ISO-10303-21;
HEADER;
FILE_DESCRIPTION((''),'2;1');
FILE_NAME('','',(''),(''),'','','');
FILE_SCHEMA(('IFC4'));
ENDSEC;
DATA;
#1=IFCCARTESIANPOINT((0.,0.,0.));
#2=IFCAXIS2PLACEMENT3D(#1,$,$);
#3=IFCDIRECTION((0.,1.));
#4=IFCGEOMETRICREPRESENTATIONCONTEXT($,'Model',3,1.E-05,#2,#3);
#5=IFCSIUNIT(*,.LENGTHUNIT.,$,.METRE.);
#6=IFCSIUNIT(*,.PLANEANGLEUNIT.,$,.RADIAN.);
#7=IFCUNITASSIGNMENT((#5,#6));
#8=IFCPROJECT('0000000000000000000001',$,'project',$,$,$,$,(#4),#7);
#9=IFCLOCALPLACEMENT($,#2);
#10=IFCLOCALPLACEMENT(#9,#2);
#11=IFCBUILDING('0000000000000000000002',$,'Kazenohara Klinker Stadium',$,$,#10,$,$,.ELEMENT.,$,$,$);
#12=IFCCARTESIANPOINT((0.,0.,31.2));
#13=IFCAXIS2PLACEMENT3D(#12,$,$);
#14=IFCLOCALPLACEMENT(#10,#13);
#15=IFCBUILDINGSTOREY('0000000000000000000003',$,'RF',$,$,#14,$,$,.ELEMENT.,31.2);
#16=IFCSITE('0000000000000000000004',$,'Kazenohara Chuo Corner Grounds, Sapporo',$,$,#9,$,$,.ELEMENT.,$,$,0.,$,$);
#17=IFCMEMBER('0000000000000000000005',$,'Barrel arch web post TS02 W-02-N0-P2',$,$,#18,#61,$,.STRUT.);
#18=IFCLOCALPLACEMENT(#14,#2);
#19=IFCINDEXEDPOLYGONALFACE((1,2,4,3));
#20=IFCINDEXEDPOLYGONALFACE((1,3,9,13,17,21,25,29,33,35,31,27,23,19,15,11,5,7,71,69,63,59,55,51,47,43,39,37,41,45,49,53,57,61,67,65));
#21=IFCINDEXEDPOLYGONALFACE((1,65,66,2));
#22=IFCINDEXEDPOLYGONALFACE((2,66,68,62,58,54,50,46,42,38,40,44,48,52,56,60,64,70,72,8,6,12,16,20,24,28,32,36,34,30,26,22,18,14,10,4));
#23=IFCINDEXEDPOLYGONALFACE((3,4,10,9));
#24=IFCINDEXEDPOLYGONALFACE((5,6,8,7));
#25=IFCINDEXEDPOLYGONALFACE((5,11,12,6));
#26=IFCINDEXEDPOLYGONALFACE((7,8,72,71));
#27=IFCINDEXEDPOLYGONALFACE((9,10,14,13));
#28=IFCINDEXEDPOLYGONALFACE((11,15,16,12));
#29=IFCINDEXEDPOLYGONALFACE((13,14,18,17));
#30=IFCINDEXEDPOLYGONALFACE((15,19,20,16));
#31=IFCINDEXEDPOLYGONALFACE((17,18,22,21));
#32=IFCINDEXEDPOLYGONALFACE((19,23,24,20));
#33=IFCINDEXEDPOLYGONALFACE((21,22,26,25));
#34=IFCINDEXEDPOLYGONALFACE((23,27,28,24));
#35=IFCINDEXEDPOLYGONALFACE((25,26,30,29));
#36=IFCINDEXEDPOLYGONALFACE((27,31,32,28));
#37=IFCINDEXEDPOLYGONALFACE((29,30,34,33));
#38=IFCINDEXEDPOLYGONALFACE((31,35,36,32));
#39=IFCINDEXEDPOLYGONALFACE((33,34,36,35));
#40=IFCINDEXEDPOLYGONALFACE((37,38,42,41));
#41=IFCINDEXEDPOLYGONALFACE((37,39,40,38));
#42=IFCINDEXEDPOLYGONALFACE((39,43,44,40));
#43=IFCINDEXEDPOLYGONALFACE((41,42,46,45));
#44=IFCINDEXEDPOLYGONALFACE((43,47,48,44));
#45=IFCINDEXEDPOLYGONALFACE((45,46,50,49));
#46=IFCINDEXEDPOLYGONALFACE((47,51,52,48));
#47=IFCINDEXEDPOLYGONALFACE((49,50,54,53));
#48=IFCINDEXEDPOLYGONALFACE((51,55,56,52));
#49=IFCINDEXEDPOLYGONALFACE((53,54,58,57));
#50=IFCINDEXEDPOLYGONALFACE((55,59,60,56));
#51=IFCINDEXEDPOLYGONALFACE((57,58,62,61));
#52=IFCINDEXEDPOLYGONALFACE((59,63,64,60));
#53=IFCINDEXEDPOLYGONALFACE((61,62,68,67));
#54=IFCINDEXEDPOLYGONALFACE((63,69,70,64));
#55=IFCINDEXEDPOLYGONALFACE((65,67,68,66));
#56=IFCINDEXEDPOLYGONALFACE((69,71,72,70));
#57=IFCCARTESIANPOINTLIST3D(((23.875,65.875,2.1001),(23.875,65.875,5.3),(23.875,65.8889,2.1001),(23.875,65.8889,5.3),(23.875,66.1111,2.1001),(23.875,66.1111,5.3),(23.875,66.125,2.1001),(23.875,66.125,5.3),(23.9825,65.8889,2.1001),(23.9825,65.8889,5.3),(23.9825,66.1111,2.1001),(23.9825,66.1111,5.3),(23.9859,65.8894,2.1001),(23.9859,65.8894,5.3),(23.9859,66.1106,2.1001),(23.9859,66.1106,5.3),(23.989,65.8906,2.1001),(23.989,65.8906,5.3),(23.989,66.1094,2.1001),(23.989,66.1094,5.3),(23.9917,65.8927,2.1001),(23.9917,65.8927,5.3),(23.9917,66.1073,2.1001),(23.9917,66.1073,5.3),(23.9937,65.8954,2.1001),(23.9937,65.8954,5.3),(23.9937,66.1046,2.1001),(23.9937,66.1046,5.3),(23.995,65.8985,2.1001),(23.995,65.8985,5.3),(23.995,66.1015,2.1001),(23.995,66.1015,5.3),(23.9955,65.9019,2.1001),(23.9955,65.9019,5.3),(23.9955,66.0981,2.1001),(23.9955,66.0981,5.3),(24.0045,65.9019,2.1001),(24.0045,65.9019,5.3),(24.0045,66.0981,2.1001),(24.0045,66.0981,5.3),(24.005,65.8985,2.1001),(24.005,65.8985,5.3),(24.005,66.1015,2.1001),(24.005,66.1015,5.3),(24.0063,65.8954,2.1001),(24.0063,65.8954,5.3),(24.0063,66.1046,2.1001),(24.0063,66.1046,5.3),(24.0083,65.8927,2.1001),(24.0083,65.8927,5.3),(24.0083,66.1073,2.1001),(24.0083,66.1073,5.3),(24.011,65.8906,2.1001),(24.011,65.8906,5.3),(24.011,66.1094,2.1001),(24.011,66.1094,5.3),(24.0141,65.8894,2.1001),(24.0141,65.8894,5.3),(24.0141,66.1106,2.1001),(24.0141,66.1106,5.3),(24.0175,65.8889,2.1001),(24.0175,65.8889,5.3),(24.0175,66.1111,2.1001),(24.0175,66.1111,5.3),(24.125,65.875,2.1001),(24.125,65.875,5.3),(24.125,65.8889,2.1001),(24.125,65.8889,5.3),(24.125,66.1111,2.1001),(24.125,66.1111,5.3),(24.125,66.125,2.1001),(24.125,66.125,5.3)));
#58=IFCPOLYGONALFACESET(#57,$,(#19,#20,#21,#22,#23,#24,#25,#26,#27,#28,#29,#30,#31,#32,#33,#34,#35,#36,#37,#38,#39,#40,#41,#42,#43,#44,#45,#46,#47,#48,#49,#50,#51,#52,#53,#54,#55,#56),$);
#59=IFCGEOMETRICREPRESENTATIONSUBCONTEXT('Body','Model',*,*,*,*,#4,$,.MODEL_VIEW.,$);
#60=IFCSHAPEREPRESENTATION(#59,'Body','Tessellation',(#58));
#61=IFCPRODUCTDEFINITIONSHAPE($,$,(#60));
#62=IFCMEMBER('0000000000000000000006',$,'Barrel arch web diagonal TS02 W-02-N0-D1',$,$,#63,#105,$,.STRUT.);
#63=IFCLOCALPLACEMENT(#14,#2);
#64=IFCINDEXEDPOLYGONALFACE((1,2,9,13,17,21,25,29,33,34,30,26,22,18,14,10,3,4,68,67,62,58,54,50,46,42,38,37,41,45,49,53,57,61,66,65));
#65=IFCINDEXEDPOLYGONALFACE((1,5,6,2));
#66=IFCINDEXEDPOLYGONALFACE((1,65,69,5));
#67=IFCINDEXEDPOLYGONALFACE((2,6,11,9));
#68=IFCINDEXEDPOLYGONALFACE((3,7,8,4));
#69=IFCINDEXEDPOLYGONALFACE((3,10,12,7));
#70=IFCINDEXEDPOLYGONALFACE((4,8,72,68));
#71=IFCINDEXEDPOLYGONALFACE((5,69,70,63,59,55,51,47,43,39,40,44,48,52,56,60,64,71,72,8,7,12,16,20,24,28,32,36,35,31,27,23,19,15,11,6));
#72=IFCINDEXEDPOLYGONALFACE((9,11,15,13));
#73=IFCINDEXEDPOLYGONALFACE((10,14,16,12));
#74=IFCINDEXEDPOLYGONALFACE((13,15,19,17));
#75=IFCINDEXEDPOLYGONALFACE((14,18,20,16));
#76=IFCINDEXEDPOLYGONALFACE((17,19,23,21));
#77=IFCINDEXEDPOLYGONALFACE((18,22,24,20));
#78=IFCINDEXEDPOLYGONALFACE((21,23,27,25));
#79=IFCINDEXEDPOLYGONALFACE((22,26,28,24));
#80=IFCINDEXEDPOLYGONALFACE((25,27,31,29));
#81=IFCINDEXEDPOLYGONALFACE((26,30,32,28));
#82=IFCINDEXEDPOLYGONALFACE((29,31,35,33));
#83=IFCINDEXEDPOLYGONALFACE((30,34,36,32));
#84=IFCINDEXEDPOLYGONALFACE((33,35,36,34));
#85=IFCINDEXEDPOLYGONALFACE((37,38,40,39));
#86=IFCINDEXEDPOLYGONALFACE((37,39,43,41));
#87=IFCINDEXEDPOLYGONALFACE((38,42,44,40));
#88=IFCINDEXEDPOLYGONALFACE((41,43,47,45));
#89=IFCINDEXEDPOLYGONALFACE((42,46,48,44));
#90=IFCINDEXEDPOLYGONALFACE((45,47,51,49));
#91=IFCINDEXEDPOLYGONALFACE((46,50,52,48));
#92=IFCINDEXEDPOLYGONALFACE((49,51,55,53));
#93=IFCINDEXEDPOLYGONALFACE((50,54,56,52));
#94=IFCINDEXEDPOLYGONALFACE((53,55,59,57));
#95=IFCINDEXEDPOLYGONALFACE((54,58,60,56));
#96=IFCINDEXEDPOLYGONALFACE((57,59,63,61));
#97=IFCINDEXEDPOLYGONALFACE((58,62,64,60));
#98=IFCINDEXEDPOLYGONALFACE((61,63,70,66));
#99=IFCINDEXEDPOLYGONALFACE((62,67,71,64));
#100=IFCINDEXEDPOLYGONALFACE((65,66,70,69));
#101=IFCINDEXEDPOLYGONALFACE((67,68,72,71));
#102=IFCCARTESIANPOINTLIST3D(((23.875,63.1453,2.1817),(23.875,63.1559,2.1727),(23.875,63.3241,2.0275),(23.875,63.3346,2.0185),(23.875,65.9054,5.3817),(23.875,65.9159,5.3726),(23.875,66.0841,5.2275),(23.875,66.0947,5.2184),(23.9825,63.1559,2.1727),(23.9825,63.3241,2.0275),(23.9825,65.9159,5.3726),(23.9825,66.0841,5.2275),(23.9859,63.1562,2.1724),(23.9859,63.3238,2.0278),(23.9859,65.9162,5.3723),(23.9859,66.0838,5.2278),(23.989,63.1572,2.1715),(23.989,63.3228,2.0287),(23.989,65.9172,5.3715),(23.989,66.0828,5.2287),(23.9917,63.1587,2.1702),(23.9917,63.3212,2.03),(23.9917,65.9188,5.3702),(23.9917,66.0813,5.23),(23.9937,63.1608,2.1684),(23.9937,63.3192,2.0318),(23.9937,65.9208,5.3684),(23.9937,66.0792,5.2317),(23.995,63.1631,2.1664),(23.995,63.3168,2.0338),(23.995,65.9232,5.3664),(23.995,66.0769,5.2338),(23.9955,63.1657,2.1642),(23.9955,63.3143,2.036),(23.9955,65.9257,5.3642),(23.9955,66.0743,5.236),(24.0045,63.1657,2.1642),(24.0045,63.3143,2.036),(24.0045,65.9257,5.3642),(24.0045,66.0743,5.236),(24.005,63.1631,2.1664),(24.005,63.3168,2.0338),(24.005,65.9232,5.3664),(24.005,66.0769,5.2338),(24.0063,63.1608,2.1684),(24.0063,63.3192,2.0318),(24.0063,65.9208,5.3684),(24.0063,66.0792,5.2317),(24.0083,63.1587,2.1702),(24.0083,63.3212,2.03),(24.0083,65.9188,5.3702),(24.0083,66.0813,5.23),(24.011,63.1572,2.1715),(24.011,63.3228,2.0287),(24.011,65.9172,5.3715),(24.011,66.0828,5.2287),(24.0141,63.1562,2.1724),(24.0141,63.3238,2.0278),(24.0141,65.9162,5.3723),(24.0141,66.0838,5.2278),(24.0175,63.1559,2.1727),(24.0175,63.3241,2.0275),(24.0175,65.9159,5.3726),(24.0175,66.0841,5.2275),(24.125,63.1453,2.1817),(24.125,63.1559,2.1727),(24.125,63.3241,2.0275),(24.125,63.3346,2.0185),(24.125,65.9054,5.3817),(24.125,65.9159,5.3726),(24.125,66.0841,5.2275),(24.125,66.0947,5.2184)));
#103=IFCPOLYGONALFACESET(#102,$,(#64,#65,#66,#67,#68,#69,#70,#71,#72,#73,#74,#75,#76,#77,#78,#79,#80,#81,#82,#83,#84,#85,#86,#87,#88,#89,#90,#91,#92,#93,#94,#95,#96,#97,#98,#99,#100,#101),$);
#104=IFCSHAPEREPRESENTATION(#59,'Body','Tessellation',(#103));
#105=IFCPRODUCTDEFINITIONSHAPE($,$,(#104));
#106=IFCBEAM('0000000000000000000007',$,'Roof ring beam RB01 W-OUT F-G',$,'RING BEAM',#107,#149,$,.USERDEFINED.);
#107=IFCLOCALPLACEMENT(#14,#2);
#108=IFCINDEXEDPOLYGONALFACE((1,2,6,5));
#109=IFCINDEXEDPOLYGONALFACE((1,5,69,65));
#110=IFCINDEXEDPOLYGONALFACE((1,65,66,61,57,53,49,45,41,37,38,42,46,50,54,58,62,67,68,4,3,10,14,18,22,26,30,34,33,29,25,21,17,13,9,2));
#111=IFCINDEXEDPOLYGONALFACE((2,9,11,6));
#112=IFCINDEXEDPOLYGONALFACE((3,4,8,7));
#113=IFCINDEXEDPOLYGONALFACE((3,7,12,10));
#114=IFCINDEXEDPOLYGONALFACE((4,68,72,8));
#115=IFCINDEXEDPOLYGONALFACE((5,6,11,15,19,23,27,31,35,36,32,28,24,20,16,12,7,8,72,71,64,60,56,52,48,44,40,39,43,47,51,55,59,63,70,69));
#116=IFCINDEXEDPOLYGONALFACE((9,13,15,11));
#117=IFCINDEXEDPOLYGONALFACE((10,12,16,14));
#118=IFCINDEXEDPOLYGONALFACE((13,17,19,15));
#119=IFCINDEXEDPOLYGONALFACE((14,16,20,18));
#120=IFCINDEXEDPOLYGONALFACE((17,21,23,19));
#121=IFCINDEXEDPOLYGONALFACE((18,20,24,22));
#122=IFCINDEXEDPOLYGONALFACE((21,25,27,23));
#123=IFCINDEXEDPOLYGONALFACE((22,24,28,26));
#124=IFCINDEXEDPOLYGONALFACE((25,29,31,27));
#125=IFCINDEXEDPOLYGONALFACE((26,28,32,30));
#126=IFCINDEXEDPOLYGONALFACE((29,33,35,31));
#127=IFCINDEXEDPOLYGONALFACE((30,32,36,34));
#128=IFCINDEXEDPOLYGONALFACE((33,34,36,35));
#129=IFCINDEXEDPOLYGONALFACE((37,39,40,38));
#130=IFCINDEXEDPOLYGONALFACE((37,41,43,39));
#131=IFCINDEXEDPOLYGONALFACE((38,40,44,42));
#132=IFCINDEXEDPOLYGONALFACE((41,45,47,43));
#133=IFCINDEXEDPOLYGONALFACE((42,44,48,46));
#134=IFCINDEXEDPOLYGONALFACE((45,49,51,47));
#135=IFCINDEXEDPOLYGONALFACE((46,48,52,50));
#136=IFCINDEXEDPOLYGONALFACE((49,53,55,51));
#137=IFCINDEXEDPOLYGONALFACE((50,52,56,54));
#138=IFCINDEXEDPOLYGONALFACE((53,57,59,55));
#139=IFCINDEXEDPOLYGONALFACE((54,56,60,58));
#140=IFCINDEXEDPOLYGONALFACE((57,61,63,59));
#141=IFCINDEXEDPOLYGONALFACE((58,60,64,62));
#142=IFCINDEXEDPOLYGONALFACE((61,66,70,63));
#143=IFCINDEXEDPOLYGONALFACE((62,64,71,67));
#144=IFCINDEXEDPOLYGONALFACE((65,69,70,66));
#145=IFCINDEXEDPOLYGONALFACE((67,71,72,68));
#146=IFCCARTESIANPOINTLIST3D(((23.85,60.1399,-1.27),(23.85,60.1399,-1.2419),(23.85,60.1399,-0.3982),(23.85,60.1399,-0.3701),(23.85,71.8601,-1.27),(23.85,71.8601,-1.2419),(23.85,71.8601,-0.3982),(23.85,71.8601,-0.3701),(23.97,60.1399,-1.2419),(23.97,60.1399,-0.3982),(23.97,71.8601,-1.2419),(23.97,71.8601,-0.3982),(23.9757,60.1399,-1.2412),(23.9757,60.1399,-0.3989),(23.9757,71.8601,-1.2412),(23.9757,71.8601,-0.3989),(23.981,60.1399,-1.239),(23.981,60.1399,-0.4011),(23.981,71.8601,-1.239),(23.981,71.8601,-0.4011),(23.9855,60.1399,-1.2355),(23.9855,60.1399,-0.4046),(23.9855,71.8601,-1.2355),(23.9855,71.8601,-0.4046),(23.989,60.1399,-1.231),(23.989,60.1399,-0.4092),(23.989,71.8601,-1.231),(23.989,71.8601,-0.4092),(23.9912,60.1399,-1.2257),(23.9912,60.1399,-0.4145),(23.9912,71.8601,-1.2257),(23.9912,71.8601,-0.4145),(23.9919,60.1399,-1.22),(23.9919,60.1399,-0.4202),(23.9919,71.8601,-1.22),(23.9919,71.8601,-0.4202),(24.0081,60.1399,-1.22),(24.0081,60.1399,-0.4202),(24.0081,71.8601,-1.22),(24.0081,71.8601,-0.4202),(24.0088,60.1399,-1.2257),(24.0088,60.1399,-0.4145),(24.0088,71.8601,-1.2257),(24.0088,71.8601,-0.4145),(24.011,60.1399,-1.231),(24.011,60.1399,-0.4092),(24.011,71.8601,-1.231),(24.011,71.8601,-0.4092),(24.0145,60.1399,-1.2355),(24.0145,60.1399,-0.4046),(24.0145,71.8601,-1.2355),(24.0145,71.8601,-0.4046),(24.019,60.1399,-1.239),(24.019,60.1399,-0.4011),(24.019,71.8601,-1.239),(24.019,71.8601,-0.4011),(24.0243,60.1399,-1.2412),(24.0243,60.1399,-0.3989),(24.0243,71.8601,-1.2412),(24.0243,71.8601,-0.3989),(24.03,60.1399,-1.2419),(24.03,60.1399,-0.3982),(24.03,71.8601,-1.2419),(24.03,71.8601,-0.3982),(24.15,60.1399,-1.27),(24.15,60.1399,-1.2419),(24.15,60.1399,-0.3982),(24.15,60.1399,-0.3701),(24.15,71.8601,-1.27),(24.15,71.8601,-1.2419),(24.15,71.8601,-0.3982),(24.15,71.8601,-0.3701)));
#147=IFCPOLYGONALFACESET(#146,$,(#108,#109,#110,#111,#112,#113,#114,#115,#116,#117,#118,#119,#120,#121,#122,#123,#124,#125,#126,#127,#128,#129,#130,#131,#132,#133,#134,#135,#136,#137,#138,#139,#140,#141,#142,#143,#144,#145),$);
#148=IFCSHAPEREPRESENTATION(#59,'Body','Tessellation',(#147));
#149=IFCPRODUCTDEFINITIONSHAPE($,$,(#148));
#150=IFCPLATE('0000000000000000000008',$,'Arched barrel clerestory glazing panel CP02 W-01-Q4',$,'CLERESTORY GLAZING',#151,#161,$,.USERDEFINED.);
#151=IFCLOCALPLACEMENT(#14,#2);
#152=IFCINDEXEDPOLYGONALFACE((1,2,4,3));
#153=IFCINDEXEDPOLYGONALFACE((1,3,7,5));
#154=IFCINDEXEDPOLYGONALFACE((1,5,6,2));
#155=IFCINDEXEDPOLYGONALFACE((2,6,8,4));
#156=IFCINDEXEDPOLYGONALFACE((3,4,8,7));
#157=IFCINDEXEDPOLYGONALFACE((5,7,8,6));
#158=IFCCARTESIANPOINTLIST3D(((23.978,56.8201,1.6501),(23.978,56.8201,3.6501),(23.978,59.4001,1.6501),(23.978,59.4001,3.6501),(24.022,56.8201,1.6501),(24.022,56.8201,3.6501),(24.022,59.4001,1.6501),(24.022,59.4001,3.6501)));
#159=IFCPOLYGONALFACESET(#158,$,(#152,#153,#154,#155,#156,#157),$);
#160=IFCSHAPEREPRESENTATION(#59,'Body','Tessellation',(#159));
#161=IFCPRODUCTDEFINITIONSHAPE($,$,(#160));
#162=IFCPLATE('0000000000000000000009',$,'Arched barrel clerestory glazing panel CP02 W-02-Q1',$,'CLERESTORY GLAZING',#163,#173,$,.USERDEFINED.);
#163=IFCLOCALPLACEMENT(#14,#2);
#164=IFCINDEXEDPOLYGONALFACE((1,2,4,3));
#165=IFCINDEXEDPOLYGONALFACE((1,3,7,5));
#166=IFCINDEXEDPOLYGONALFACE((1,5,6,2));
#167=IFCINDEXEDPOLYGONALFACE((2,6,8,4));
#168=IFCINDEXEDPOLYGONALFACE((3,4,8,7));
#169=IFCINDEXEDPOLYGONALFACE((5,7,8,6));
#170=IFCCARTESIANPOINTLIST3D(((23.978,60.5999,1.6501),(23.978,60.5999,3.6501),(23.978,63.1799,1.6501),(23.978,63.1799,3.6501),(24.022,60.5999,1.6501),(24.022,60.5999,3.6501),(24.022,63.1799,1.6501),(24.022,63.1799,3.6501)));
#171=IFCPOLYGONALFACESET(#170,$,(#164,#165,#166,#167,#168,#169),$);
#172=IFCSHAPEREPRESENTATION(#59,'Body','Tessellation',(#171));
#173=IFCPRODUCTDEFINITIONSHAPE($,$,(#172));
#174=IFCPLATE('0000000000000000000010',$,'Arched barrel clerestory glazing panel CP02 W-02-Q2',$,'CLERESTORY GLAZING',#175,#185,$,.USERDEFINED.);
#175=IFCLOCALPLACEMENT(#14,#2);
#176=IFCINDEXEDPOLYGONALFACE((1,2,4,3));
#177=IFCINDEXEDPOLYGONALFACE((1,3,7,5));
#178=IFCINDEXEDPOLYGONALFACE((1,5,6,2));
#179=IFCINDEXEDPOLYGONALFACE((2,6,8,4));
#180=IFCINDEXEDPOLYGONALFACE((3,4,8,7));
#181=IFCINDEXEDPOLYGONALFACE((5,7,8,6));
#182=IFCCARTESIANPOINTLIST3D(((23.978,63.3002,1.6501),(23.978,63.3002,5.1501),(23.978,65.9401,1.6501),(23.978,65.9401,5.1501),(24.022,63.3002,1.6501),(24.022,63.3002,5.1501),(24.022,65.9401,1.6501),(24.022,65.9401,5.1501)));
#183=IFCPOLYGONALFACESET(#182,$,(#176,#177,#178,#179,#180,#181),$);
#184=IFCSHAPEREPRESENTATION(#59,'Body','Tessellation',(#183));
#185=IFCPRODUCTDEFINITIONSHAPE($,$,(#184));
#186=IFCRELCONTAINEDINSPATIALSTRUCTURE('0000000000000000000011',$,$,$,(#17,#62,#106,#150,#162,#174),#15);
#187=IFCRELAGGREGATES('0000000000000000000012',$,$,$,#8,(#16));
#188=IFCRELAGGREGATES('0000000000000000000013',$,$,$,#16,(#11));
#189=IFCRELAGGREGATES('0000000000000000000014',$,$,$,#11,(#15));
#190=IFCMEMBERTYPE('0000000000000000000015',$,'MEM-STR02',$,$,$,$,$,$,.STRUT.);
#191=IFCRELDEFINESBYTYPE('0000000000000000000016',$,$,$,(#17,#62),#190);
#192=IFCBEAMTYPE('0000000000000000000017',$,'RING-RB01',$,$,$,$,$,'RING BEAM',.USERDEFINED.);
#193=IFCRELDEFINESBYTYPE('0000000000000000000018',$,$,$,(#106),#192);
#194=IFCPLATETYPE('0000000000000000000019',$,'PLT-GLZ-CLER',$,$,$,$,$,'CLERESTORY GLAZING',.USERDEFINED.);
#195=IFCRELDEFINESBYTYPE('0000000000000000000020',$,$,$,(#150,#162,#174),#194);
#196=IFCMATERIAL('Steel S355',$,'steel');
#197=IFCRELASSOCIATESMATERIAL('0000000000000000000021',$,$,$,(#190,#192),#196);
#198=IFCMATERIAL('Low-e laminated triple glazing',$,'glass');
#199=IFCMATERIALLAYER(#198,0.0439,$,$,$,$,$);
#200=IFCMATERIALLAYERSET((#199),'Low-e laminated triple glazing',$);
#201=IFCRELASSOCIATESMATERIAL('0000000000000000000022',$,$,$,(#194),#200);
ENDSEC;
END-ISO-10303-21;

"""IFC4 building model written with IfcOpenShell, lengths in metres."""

from ifc_helpers import new_model, si_unit, direction, frame, origin, origin_2d, place, context, subcontext, project, spatial, rectangle, i_section, extrude, material, layer, layer_set, material_profile, profile_set, type_object, element, save


model = new_model("IFC4")

# Units and contexts
model_context = context("Model", 3, precision=1e-05, world=origin(), true_north=direction((0.0, 1.0)))
body_context = subcontext(model_context, "Body", "Model", "MODEL_VIEW")
ifc_project = project(units=[si_unit("LENGTHUNIT", "METRE"), si_unit("PLANEANGLEUNIT", "RADIAN")], contexts=[model_context])

# Site, building, storey
site_placement = place(None, origin())
site = spatial("IfcSite", under=ifc_project, at=site_placement, Name="Kazenohara Chuo Corner Grounds, Sapporo", CompositionType="ELEMENT", RefElevation=0.0)
building_placement = place(site_placement, origin())
building = spatial("IfcBuilding", under=site, at=building_placement, Name="Kazenohara Klinker Stadium", CompositionType="ELEMENT")
storey_placement = place(building_placement, frame((0.0, 0.0, 31.2)))
storey = spatial("IfcBuildingStorey", under=building, at=storey_placement, Name="RF", CompositionType="ELEMENT", Elevation=31.2)

# Members
ifc_material_1 = material(Name="Steel S355", Category="steel")
ifc_material_profile_1 = material_profile(ifc_material_1, i_section(OverallWidth=0.25, OverallDepth=0.25, WebThickness=0.009, FlangeThickness=0.0139, FilletRadius=0.0129, at=origin_2d()), Name="H-250x250x9x14")
ifc_profile_set_1 = profile_set([ifc_material_profile_1], Name="Steel S355")
member_type_1 = type_object("IfcMemberType", Name="MEM-STR02", PredefinedType="STRUT", material=ifc_profile_set_1)
member_1_placement = place(storey_placement, frame((24.0, 66.0, 2.1001), z_axis=(0.0, 0.0, 1.0), x_axis=(1.0, 0.0, 0.0)))
element("IfcMember", 1, at=member_1_placement, inside=storey, type_object=member_type_1, Name="Barrel arch web post TS02 W-02-N0-P2", PredefinedType="STRUT", context=body_context, shape_type="SweptSolid", body=[
    extrude(i_section(OverallWidth=0.25, OverallDepth=0.25, WebThickness=0.009, FlangeThickness=0.0139, FilletRadius=0.0129, at=origin_2d()), origin(), (0.0, 0.0, 1.0), 3.2),
])
member_2_placement = place(storey_placement, frame((24.0, 63.24, 2.1001), z_axis=(0.0, 0.653134, 0.757242), x_axis=(-1.0, 0.0, 0.0)))
element("IfcMember", 2, at=member_2_placement, inside=storey, type_object=member_type_1, Name="Barrel arch web diagonal TS02 W-02-N0-D1", PredefinedType="STRUT", context=body_context, shape_type="SweptSolid", body=[
    extrude(i_section(OverallWidth=0.25, OverallDepth=0.25, WebThickness=0.009, FlangeThickness=0.0139, FilletRadius=0.0129, at=origin_2d()), origin(), (0.0, 0.0, 1.0), 4.2258),
])

# Beam
ifc_material_profile_2 = material_profile(ifc_material_1, i_section(OverallWidth=0.3, OverallDepth=0.8999, WebThickness=0.0161, FlangeThickness=0.0281, FilletRadius=0.022, at=origin_2d()), Name="H-900x300x16x28")
ifc_profile_set_2 = profile_set([ifc_material_profile_2], Name="Steel S355")
beam_type = type_object("IfcBeamType", Name="RING-RB01", ElementType="RING BEAM", PredefinedType="USERDEFINED", material=ifc_profile_set_2)
beam_placement = place(storey_placement, frame((24.0, 60.1399, -0.8201), z_axis=(0.0, 1.0, 0.0), x_axis=(-1.0, 0.0, 0.0)))
element("IfcBeam", 3, at=beam_placement, inside=storey, type_object=beam_type, Name="Roof ring beam RB01 W-OUT F-G", ObjectType="RING BEAM", PredefinedType="USERDEFINED", context=body_context, shape_type="SweptSolid", body=[
    extrude(i_section(OverallWidth=0.3, OverallDepth=0.8999, WebThickness=0.0161, FlangeThickness=0.0281, FilletRadius=0.022, at=origin_2d()), origin(), (0.0, 0.0, 1.0), 11.7202),
])

# Plates
ifc_material_2 = material(Name="Low-e laminated triple glazing", Category="glass")
ifc_layer_1 = layer(ifc_material_2, 0.0439)
ifc_layer_set_1 = layer_set([ifc_layer_1], Name="Low-e laminated triple glazing")
plate_type_1 = type_object("IfcPlateType", Name="PLT-GLZ-CLER", ElementType="CLERESTORY GLAZING", PredefinedType="USERDEFINED", material=ifc_layer_set_1)
for number, where, z_axis, x_axis, name in (
    (4, (24.0, 58.1101, 1.6501), (0.0, 0.0, 1.0), (1.0, 0.0, 0.0), "Arched barrel clerestory glazing panel CP02 W-01-Q4"),
    (5, (24.0, 61.8899, 1.6501), (0.0, 0.0, 1.0), (1.0, 0.0, 0.0), "Arched barrel clerestory glazing panel CP02 W-02-Q1"),
):
    element("IfcPlate", number, at=place(storey_placement, frame(where, z_axis=z_axis, x_axis=x_axis)), inside=storey, type_object=plate_type_1, Name=name, ObjectType="CLERESTORY GLAZING", PredefinedType="USERDEFINED", context=body_context, shape_type="SweptSolid", body=[
        extrude(rectangle(XDim=0.0439, YDim=2.5801, at=origin_2d()), origin(), (0.0, 0.0, 1.0), 2.0),
    ])
plate_1_placement = place(storey_placement, frame((24.0, 64.6201, 1.6501), z_axis=(0.0, 0.0, 1.0), x_axis=(1.0, 0.0, 0.0)))
element("IfcPlate", 6, at=plate_1_placement, inside=storey, type_object=plate_type_1, Name="Arched barrel clerestory glazing panel CP02 W-02-Q2", ObjectType="CLERESTORY GLAZING", PredefinedType="USERDEFINED", context=body_context, shape_type="SweptSolid", body=[
    extrude(rectangle(XDim=0.0439, YDim=2.6399, at=origin_2d()), origin(), (0.0, 0.0, 1.0), 3.5),
])

save(model, "model.ifc")
